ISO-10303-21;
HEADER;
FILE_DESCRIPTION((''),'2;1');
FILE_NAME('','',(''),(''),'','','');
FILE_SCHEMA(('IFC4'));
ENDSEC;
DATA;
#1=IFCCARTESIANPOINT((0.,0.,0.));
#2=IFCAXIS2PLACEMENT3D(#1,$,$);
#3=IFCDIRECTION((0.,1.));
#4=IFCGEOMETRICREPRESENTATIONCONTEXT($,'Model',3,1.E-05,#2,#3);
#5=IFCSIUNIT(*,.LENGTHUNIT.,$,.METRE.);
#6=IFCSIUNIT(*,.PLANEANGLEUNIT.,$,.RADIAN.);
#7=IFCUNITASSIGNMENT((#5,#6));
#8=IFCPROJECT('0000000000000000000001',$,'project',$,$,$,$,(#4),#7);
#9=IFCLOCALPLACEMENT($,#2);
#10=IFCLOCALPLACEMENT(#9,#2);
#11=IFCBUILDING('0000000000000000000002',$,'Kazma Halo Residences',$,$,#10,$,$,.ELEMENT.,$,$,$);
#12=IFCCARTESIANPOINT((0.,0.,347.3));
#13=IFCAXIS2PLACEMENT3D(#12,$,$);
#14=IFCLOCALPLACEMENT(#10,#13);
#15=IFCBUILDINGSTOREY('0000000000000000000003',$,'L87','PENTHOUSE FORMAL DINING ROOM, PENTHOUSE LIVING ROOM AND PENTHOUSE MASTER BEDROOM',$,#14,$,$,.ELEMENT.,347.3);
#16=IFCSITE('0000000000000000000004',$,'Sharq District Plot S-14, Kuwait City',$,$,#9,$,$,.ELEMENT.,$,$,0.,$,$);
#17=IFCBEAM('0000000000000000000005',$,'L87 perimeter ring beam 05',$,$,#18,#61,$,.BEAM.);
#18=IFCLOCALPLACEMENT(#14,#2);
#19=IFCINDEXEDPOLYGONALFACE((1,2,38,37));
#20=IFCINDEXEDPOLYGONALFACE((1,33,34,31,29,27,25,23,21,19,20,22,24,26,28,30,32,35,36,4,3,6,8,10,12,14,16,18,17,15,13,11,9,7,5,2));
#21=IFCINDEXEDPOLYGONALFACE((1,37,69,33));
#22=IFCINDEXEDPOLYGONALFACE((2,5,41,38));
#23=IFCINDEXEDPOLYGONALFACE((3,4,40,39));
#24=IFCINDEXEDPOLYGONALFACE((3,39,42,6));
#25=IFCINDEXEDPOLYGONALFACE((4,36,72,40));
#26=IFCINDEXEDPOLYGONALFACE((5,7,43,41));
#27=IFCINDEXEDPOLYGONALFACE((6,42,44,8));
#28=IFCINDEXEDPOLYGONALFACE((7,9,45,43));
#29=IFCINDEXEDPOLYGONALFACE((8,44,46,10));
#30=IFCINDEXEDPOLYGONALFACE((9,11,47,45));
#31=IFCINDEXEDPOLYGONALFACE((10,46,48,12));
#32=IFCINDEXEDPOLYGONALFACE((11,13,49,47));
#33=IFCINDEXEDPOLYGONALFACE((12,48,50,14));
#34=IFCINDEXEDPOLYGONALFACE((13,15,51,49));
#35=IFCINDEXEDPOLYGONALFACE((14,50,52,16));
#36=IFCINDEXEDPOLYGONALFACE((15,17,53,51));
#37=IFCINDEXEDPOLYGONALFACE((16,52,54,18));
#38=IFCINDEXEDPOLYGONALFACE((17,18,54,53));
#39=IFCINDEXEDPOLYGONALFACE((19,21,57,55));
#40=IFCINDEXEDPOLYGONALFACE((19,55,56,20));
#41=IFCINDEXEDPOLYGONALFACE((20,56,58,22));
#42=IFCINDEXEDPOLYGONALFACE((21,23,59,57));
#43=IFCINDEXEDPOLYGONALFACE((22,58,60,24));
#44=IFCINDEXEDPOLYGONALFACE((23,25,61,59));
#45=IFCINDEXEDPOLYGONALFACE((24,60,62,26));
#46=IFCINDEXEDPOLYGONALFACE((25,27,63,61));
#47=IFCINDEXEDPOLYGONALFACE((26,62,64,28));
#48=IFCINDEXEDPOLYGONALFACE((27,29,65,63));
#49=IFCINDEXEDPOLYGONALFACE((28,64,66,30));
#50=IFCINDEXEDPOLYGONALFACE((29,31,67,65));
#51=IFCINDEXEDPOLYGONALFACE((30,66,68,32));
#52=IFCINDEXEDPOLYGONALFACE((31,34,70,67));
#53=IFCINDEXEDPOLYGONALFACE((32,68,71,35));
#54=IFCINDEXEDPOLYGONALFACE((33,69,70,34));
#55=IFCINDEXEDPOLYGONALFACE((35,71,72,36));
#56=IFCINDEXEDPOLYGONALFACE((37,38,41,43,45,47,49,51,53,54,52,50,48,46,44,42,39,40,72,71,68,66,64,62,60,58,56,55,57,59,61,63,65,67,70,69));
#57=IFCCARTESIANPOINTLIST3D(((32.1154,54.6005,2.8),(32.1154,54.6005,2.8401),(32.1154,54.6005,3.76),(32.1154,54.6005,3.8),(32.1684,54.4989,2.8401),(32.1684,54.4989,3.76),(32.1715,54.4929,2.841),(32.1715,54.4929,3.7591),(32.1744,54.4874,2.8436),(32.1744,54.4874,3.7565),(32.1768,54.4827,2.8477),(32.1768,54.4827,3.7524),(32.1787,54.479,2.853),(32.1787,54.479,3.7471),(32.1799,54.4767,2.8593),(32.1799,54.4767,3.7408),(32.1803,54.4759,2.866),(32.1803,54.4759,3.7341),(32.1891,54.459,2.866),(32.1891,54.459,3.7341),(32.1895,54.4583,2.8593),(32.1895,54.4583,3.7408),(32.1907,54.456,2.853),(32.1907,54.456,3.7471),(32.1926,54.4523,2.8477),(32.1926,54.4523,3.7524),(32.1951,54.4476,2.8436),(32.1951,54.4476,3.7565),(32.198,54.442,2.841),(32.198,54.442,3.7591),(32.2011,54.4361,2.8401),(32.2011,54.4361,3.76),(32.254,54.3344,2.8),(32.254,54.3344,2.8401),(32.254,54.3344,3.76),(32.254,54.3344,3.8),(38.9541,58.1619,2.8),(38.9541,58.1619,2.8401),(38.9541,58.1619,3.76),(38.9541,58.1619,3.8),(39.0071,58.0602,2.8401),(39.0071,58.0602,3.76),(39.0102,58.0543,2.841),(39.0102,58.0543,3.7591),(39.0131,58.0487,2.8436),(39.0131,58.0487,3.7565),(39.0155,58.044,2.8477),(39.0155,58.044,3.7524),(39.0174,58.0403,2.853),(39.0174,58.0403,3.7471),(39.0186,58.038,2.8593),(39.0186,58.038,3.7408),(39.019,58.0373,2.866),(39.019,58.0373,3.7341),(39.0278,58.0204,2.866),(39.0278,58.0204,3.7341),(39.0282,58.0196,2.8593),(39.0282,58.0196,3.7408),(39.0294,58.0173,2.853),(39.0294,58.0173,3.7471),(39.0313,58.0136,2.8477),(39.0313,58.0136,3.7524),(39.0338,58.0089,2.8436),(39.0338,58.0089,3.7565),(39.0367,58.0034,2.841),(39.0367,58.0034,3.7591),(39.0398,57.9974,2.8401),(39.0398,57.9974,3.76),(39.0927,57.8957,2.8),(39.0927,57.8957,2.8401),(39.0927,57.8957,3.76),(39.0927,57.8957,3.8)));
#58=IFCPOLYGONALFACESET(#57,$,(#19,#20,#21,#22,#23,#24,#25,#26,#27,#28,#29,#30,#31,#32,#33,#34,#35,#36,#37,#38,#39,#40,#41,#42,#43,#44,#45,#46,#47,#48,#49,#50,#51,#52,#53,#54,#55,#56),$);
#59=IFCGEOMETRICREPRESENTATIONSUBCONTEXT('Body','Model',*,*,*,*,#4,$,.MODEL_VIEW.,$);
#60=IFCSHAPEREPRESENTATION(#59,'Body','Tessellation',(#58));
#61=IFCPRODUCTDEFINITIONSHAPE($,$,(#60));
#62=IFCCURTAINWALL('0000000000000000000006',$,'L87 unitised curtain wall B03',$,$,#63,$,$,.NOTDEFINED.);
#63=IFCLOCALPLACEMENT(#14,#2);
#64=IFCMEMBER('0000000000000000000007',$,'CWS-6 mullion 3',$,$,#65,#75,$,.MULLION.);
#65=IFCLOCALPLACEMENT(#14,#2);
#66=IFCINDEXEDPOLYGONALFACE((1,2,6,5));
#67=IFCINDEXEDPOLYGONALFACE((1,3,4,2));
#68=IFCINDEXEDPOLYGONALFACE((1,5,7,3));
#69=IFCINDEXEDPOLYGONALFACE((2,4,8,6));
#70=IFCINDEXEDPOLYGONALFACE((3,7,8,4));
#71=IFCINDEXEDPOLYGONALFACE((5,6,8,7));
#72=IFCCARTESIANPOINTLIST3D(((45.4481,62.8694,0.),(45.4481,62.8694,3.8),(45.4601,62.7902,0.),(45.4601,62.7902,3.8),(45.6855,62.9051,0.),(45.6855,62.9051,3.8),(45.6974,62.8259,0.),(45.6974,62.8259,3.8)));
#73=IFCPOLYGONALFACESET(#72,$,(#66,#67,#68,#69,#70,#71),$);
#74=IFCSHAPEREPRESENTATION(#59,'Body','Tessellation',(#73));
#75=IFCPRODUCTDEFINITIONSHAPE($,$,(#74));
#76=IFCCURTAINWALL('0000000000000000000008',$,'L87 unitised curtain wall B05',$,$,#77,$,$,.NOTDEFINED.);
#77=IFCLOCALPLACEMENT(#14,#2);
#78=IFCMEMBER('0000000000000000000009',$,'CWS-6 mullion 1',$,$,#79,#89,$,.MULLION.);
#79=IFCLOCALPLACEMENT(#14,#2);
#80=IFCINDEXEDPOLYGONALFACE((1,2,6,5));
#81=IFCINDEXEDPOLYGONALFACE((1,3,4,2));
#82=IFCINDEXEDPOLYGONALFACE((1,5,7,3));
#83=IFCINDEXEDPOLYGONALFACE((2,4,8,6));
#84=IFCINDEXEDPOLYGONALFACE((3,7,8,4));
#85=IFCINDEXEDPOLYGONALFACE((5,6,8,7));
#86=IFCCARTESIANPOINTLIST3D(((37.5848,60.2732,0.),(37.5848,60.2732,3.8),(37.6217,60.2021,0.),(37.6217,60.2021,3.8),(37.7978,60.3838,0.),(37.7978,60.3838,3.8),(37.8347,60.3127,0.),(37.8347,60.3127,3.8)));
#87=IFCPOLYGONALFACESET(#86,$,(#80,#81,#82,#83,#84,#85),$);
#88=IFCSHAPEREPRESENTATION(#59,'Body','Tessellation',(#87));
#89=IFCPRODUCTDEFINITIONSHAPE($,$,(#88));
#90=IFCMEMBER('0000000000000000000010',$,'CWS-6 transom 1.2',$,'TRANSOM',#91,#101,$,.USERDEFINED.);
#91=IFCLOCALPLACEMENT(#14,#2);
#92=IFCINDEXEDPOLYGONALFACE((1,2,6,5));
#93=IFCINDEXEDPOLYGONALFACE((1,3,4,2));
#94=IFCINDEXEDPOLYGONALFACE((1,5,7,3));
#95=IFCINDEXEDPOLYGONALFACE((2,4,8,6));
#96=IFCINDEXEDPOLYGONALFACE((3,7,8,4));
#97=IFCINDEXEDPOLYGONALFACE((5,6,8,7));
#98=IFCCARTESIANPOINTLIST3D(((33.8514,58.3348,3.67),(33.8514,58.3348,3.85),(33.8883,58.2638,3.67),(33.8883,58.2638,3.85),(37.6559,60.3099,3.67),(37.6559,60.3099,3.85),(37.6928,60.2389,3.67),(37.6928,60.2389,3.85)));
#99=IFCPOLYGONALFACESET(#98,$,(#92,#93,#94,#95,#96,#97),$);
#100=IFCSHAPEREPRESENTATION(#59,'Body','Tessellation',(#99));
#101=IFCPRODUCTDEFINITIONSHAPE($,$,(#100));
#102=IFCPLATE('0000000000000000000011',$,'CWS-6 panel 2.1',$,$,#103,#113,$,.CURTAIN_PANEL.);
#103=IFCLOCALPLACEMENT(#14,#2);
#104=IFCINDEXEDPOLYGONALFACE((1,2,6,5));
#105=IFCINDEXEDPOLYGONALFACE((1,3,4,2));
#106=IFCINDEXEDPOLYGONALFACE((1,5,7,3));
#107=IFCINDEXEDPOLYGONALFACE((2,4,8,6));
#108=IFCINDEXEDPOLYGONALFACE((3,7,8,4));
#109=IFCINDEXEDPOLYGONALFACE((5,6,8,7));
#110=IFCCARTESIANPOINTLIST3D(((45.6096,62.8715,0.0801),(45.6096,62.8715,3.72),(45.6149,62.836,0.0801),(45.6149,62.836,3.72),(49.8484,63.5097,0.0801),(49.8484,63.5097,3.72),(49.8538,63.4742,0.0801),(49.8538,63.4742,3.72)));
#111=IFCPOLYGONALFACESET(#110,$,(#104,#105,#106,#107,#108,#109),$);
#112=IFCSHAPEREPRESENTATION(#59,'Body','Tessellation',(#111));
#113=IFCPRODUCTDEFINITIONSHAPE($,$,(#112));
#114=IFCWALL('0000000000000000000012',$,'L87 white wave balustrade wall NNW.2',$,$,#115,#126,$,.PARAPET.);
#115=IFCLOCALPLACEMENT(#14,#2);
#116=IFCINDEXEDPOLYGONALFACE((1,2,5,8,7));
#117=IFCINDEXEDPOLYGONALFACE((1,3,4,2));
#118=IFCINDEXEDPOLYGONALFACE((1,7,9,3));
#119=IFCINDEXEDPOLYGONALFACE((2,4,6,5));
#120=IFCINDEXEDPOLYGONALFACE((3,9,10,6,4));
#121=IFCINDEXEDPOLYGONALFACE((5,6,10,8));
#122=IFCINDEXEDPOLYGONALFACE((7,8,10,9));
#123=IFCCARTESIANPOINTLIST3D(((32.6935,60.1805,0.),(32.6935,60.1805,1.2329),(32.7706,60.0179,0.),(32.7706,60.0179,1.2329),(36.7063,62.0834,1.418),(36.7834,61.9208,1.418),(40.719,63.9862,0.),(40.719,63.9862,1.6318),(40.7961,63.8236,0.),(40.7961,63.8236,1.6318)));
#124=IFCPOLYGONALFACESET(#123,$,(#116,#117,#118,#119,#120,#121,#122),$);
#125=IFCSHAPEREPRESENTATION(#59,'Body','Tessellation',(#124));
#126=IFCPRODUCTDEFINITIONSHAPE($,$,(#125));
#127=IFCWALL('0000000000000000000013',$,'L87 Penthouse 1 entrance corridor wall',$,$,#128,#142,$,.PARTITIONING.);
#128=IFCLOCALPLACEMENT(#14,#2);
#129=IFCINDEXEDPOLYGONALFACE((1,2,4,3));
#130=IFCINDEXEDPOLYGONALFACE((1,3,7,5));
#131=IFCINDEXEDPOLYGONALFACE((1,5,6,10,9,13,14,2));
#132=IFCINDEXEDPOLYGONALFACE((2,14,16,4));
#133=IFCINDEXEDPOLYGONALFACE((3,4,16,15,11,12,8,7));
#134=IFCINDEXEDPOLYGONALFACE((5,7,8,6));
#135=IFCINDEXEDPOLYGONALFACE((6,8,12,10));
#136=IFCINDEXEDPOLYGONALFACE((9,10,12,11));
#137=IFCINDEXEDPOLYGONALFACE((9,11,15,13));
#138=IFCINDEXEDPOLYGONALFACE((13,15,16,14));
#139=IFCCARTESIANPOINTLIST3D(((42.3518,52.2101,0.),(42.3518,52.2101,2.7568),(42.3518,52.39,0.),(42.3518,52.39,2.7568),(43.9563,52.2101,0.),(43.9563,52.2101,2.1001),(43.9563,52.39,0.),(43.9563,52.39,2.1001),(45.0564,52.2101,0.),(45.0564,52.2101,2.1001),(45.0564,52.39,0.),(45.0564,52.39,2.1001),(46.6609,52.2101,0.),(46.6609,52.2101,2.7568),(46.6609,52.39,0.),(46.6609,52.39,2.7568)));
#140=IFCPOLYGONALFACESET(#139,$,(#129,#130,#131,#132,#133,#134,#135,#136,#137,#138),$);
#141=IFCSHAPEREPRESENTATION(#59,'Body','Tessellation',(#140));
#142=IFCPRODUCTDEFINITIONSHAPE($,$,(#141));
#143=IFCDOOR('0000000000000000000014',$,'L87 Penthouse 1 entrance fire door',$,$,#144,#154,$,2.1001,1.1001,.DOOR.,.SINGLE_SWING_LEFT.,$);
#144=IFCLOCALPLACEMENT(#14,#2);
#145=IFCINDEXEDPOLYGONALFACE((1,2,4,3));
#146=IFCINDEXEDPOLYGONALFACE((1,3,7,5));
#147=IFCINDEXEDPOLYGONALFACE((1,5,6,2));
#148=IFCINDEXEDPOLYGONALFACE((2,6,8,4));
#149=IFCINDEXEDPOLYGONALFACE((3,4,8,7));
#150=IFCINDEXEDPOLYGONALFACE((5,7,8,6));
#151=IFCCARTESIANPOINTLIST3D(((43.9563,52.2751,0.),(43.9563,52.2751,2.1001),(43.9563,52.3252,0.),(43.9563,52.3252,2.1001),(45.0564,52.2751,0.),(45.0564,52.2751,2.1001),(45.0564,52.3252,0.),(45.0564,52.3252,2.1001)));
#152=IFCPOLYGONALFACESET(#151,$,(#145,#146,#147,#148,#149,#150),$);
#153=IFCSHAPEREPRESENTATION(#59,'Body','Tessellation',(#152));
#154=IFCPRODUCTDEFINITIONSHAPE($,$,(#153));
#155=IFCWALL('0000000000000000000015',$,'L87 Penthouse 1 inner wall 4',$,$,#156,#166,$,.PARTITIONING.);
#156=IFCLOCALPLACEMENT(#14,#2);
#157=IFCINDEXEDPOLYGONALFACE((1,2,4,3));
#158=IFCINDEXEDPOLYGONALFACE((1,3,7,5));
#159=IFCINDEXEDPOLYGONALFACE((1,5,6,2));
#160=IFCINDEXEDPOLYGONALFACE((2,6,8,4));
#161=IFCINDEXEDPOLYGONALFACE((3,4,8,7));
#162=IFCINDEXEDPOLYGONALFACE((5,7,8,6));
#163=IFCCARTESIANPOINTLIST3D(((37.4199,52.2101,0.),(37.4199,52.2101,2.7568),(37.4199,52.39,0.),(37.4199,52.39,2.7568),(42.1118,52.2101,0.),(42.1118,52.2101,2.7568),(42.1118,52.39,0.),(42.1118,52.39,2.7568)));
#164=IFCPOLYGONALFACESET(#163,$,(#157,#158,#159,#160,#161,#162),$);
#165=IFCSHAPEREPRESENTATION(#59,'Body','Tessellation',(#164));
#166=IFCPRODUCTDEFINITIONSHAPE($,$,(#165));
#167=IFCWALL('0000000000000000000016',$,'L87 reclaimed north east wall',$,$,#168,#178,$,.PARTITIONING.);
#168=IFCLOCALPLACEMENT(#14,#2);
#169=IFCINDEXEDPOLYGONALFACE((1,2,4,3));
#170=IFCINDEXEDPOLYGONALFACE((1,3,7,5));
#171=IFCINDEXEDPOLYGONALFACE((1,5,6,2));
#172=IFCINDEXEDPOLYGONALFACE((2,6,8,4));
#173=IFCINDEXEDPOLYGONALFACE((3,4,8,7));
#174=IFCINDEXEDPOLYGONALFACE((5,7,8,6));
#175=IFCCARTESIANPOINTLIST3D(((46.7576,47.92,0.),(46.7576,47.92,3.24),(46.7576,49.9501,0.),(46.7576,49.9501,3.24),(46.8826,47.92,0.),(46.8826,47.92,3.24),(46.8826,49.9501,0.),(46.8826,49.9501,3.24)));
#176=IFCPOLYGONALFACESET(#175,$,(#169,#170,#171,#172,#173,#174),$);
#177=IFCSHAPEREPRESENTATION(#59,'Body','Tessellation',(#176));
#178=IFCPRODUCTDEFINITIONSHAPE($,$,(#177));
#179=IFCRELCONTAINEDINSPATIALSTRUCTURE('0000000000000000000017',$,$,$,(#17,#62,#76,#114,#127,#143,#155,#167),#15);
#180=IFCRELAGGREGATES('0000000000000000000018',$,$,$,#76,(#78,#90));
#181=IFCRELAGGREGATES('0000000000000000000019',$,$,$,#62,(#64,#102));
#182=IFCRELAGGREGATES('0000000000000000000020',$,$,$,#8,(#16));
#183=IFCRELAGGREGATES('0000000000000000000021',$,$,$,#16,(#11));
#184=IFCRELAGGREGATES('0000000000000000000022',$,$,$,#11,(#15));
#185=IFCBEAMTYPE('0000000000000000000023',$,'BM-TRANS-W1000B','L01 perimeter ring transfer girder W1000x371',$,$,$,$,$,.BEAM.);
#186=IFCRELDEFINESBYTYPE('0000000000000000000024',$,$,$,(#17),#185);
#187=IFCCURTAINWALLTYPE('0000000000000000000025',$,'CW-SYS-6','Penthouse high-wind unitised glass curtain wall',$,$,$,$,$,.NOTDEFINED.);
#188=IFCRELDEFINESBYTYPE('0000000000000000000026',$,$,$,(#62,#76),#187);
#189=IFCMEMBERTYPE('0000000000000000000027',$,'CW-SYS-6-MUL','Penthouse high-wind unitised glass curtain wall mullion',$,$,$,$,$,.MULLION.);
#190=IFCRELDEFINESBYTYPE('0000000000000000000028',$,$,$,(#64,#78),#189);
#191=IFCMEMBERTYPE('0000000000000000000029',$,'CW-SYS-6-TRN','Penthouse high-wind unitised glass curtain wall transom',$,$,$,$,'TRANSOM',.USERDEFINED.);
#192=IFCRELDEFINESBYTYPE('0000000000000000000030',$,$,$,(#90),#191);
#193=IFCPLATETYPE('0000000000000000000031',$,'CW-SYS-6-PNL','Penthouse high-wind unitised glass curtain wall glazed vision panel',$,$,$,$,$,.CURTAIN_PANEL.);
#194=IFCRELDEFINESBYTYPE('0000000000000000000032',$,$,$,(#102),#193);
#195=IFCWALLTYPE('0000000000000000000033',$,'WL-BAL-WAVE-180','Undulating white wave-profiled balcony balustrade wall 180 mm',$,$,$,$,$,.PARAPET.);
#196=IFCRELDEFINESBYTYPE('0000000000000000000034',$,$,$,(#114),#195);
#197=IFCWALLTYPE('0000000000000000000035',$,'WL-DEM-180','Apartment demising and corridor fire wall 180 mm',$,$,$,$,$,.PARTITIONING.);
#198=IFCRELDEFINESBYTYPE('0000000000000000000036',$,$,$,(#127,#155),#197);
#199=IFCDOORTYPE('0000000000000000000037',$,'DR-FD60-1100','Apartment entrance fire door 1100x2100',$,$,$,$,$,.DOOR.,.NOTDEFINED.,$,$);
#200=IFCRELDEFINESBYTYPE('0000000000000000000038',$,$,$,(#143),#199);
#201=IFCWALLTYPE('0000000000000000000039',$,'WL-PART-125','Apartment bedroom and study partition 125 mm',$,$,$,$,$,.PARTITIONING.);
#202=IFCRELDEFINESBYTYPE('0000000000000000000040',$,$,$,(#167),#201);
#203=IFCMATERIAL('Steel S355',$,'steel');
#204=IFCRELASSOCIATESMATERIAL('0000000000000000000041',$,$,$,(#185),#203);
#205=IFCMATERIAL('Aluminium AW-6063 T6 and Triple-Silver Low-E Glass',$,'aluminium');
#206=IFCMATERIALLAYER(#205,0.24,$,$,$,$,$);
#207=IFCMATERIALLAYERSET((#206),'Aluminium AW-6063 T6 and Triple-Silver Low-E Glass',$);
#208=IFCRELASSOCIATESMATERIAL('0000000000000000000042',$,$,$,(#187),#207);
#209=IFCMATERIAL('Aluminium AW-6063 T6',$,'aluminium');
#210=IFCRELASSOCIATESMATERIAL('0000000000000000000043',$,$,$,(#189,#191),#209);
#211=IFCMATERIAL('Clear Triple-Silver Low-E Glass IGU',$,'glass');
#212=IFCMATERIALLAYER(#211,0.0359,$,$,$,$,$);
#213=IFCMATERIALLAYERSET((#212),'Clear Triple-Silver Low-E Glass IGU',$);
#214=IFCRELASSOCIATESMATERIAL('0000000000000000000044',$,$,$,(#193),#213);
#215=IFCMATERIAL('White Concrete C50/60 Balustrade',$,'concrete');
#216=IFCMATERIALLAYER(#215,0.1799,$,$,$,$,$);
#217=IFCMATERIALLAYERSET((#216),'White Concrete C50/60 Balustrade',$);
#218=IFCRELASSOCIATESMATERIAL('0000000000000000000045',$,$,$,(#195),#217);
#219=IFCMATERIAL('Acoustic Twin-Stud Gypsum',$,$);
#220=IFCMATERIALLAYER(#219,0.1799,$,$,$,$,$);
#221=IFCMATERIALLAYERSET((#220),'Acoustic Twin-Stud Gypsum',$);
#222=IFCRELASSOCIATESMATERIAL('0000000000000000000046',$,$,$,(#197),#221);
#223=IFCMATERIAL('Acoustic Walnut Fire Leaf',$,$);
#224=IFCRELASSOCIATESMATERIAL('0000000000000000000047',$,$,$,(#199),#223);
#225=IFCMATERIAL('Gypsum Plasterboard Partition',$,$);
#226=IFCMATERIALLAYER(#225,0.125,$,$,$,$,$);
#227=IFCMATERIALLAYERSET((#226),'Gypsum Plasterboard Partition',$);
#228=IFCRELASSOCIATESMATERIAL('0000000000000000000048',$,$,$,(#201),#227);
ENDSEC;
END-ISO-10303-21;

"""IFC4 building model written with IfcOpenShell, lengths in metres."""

from ifc_helpers import new_model, si_unit, direction, frame, frame_2d, origin, origin_2d, place, context, subcontext, project, spatial, polyline, rectangle, i_section, outline, extrude, material, layer, layer_set, material_profile, profile_set, type_object, element, fill, aggregate, save


model = new_model("IFC4")

# Units and contexts
model_context = context("Model", 3, precision=1e-05, world=origin(), true_north=direction((0.0, 1.0)))
body_context = subcontext(model_context, "Body", "Model", "MODEL_VIEW")
ifc_project = project(units=[si_unit("LENGTHUNIT", "METRE"), si_unit("PLANEANGLEUNIT", "RADIAN")], contexts=[model_context])

# Site, building, storey
site_placement = place(None, origin())
site = spatial("IfcSite", under=ifc_project, at=site_placement, Name="Sharq District Plot S-14, Kuwait City", CompositionType="ELEMENT", RefElevation=0.0)
building_placement = place(site_placement, origin())
building = spatial("IfcBuilding", under=site, at=building_placement, Name="Kazma Halo Residences", CompositionType="ELEMENT")
storey_placement = place(building_placement, frame((0.0, 0.0, 347.3)))
storey = spatial("IfcBuildingStorey", under=building, at=storey_placement, Name="L87", Description="PENTHOUSE FORMAL DINING ROOM, PENTHOUSE LIVING ROOM AND PENTHOUSE MASTER BEDROOM", CompositionType="ELEMENT", Elevation=347.3)

# Beam
ifc_material_1 = material(Name="Steel S355", Category="steel")
ifc_material_profile_1 = material_profile(ifc_material_1, i_section(OverallWidth=0.3, OverallDepth=1.0, WebThickness=0.019, FlangeThickness=0.04, FilletRadius=0.0259, at=origin_2d()), Name="W1000x371")
ifc_profile_set_1 = profile_set([ifc_material_profile_1], Name="Steel S355")
beam_type_1 = type_object("IfcBeamType", Name="BM-TRANS-W1000B", Description="L01 perimeter ring transfer girder W1000x371", PredefinedType="BEAM", material=ifc_profile_set_1)
beam_1_placement = place(storey_placement, frame((39.0234, 58.0288, 3.3), z_axis=(-0.886941, -0.461883, 0.0), x_axis=(0.461883, -0.886941, 0.0)))
element("IfcBeam", 1, at=beam_1_placement, inside=storey, type_object=beam_type_1, Name="L87 perimeter ring beam 05", PredefinedType="BEAM", context=body_context, shape_type="SweptSolid", body=[
    extrude(i_section(OverallWidth=0.3, OverallDepth=1.0, WebThickness=0.019, FlangeThickness=0.04, FilletRadius=0.0259, at=origin_2d()), origin(), (0.0, 0.0, 1.0), 7.7104),
])

# Curtain wall, member
ifc_material_2 = material(Name="Aluminium AW-6063 T6 and Triple-Silver Low-E Glass", Category="aluminium")
ifc_layer_1 = layer(ifc_material_2, 0.24)
ifc_layer_set_1 = layer_set([ifc_layer_1], Name="Aluminium AW-6063 T6 and Triple-Silver Low-E Glass")
curtain_wall_type = type_object("IfcCurtainWallType", Name="CW-SYS-6", Description="Penthouse high-wind unitised glass curtain wall", PredefinedType="NOTDEFINED", material=ifc_layer_set_1)
curtain_wall_1_placement = place(storey_placement, origin())
curtain_wall_1 = element("IfcCurtainWall", 2, at=curtain_wall_1_placement, inside=storey, type_object=curtain_wall_type, Name="L87 unitised curtain wall B03", PredefinedType="NOTDEFINED")
ifc_material_3 = material(Name="Aluminium AW-6063 T6", Category="aluminium")
ifc_material_profile_2 = material_profile(ifc_material_3, rectangle(XDim=0.0801, YDim=0.24, at=origin_2d()), Name="CWM-80x240")
ifc_profile_set_2 = profile_set([ifc_material_profile_2], Name="Aluminium AW-6063 T6")
member_type_1 = type_object("IfcMemberType", Name="CW-SYS-6-MUL", Description="Penthouse high-wind unitised glass curtain wall mullion", PredefinedType="MULLION", material=ifc_profile_set_2)
member_1_placement = place(storey_placement, frame((45.5728, 62.8477, 0.0), z_axis=(0.0, 0.0, 1.0), x_axis=(0.148871, -0.988857, 0.0)))
member_1 = element("IfcMember", 3, at=member_1_placement, type_object=member_type_1, Name="CWS-6 mullion 3", PredefinedType="MULLION", context=body_context, shape_type="SweptSolid", body=[
    extrude(rectangle(XDim=0.0801, YDim=0.24, at=origin_2d()), origin(), (0.0, 0.0, 1.0), 3.8),
])

# Curtain wall, members
curtain_wall_2_placement = place(storey_placement, origin())
curtain_wall_2 = element("IfcCurtainWall", 4, at=curtain_wall_2_placement, inside=storey, type_object=curtain_wall_type, Name="L87 unitised curtain wall B05", PredefinedType="NOTDEFINED")
member_2_placement = place(storey_placement, frame((37.7097, 60.293, 0.0), z_axis=(0.0, 0.0, 1.0), x_axis=(0.460796, -0.887506, 0.0)))
member_2 = element("IfcMember", 5, at=member_2_placement, type_object=member_type_1, Name="CWS-6 mullion 1", PredefinedType="MULLION", context=body_context, shape_type="SweptSolid", body=[
    extrude(rectangle(XDim=0.0801, YDim=0.24, at=origin_2d()), origin(), (0.0, 0.0, 1.0), 3.8),
])
ifc_material_profile_3 = material_profile(ifc_material_3, rectangle(XDim=0.0801, YDim=0.1799, at=origin_2d()), Name="CWT-80x180")
ifc_profile_set_3 = profile_set([ifc_material_profile_3], Name="Aluminium AW-6063 T6")
member_type_2 = type_object("IfcMemberType", Name="CW-SYS-6-TRN", Description="Penthouse high-wind unitised glass curtain wall transom", ElementType="TRANSOM", PredefinedType="USERDEFINED", material=ifc_profile_set_3)
member_3_placement = place(storey_placement, frame((37.6743, 60.2744, 3.76), z_axis=(-0.887523, -0.460763, 0.0), x_axis=(0.460763, -0.887523, 0.0)))
member_3 = element("IfcMember", 6, at=member_3_placement, type_object=member_type_2, Name="CWS-6 transom 1.2", ObjectType="TRANSOM", PredefinedType="USERDEFINED", context=body_context, shape_type="SweptSolid", body=[
    extrude(rectangle(XDim=0.0801, YDim=0.1799, at=origin_2d()), origin(), (0.0, 0.0, 1.0), 4.2866),
])
aggregate(curtain_wall_2, [member_2, member_3])

# Plate
ifc_material_4 = material(Name="Clear Triple-Silver Low-E Glass IGU", Category="glass")
ifc_layer_2 = layer(ifc_material_4, 0.0359)
ifc_layer_set_2 = layer_set([ifc_layer_2], Name="Clear Triple-Silver Low-E Glass IGU")
plate_type = type_object("IfcPlateType", Name="CW-SYS-6-PNL", Description="Penthouse high-wind unitised glass curtain wall glazed vision panel", PredefinedType="CURTAIN_PANEL", material=ifc_layer_set_2)
plate_placement = place(storey_placement, frame((47.7317, 63.1729, 0.0801), z_axis=(0.0, 0.0, 1.0), x_axis=(-0.988857, -0.148871, 0.0)))
plate = element("IfcPlate", 7, at=plate_placement, type_object=plate_type, Name="CWS-6 panel 2.1", PredefinedType="CURTAIN_PANEL", context=body_context, shape_type="SweptSolid", body=[
    extrude(rectangle(XDim=4.2866, YDim=0.0359, at=origin_2d()), origin(), (0.0, 0.0, 1.0), 3.6399),
])
aggregate(curtain_wall_1, [member_1, plate])

# Wall
ifc_material_5 = material(Name="White Concrete C50/60 Balustrade", Category="concrete")
ifc_layer_3 = layer(ifc_material_5, 0.1799)
ifc_layer_set_3 = layer_set([ifc_layer_3], Name="White Concrete C50/60 Balustrade")
wall_type_1 = type_object("IfcWallType", Name="WL-BAL-WAVE-180", Description="Undulating white wave-profiled balcony balustrade wall 180 mm", PredefinedType="PARAPET", material=ifc_layer_set_3)
wall_1_placement = place(storey_placement, frame((40.7576, 63.9048, 0.0), z_axis=(0.0, 0.0, 1.0), x_axis=(-0.903556, -0.428469, 0.0)))
element("IfcWall", 8, at=wall_1_placement, inside=storey, type_object=wall_type_1, Name="L87 white wave balustrade wall NNW.2", PredefinedType="PARAPET", context=body_context, shape_type="SweptSolid", body=[
    extrude(outline(polyline([(0.0, 0.0), (8.8821, 0.0), (8.8821, 1.2329), (4.4409, 1.418), (0.0, 1.6318), (0.0, 0.0)])), frame((0.0, 0.0898, 0.0), z_axis=(0.0, -1.0, 0.0), x_axis=(1.0, 0.0, 0.0)), (0.0, 0.0, 1.0), 0.1799),
])

# Wall, opening, door
ifc_material_6 = material(Name="Acoustic Twin-Stud Gypsum")
ifc_layer_4 = layer(ifc_material_6, 0.1799)
ifc_layer_set_4 = layer_set([ifc_layer_4], Name="Acoustic Twin-Stud Gypsum")
wall_type_2 = type_object("IfcWallType", Name="WL-DEM-180", Description="Apartment demising and corridor fire wall 180 mm", PredefinedType="PARTITIONING", material=ifc_layer_set_4)
wall_2_placement = place(storey_placement, frame((46.6609, 52.3, 0.0), z_axis=(0.0, 0.0, 1.0), x_axis=(-1.0, 0.0, 0.0)))
wall_2 = element("IfcWall", 9, at=wall_2_placement, inside=storey, type_object=wall_type_2, Name="L87 Penthouse 1 entrance corridor wall", PredefinedType="PARTITIONING", context=body_context, shape_type="SweptSolid", body=[
    extrude(rectangle(XDim=4.3091, YDim=0.1799, at=frame_2d((2.1545, 0.0))), origin(), (0.0, 0.0, 1.0), 2.7568),
])
opening_1_placement = place(wall_2_placement, frame((1.6045, 0.0, 0.0)))
opening_1 = element("IfcOpeningElement", 10, at=opening_1_placement, cuts=wall_2, PredefinedType="OPENING", context=body_context, shape_type="SweptSolid", body=[
    extrude(rectangle(XDim=1.1001, YDim=2.1001, at=frame_2d((0.55, 1.05))), frame((0.0, 0.0999, 0.0), z_axis=(0.0, -1.0, 0.0), x_axis=(1.0, 0.0, 0.0)), (0.0, 0.0, 1.0), 0.2),
])
ifc_material_7 = material(Name="Acoustic Walnut Fire Leaf")
door_type_1 = type_object("IfcDoorType", Name="DR-FD60-1100", Description="Apartment entrance fire door 1100x2100", OperationType="NOTDEFINED", PredefinedType="DOOR", material=ifc_material_7)
door_1_placement = place(opening_1_placement, origin())
door_1 = element("IfcDoor", 11, at=door_1_placement, inside=storey, type_object=door_type_1, Name="L87 Penthouse 1 entrance fire door", OperationType="SINGLE_SWING_LEFT", OverallHeight=2.1001, OverallWidth=1.1001, PredefinedType="DOOR", context=body_context, shape_type="SweptSolid", body=[
    extrude(rectangle(XDim=1.1001, YDim=2.1001, at=frame_2d((0.55, 1.05))), frame((0.0, 0.0249, 0.0), z_axis=(0.0, -1.0, 0.0), x_axis=(1.0, 0.0, 0.0)), (0.0, 0.0, 1.0), 0.05),
])
fill(opening_1, door_1)

# Wall
wall_3_placement = place(storey_placement, frame((42.1118, 52.3, 0.0), z_axis=(0.0, 0.0, 1.0), x_axis=(-1.0, 0.0, 0.0)))
element("IfcWall", 12, at=wall_3_placement, inside=storey, type_object=wall_type_2, Name="L87 Penthouse 1 inner wall 4", PredefinedType="PARTITIONING", context=body_context, shape_type="SweptSolid", body=[
    extrude(rectangle(XDim=4.6919, YDim=0.1799, at=frame_2d((2.3459, 0.0))), origin(), (0.0, 0.0, 1.0), 2.7568),
])

# Wall
ifc_material_8 = material(Name="Gypsum Plasterboard Partition")
ifc_layer_5 = layer(ifc_material_8, 0.125)
ifc_layer_set_5 = layer_set([ifc_layer_5], Name="Gypsum Plasterboard Partition")
wall_type_3 = type_object("IfcWallType", Name="WL-PART-125", Description="Apartment bedroom and study partition 125 mm", PredefinedType="PARTITIONING", material=ifc_layer_set_5)
wall_4_placement = place(storey_placement, frame((46.8201, 47.9199, 0.0), z_axis=(0.0, 0.0, 1.0), x_axis=(0.0, 1.0, 0.0)))
element("IfcWall", 13, at=wall_4_placement, inside=storey, type_object=wall_type_3, Name="L87 reclaimed north east wall", PredefinedType="PARTITIONING", context=body_context, shape_type="SweptSolid", body=[
    extrude(rectangle(XDim=2.03, YDim=0.125, at=frame_2d((1.0151, 0.0))), origin(), (0.0, 0.0, 1.0), 3.24),
])

save(model, "model.ifc")
